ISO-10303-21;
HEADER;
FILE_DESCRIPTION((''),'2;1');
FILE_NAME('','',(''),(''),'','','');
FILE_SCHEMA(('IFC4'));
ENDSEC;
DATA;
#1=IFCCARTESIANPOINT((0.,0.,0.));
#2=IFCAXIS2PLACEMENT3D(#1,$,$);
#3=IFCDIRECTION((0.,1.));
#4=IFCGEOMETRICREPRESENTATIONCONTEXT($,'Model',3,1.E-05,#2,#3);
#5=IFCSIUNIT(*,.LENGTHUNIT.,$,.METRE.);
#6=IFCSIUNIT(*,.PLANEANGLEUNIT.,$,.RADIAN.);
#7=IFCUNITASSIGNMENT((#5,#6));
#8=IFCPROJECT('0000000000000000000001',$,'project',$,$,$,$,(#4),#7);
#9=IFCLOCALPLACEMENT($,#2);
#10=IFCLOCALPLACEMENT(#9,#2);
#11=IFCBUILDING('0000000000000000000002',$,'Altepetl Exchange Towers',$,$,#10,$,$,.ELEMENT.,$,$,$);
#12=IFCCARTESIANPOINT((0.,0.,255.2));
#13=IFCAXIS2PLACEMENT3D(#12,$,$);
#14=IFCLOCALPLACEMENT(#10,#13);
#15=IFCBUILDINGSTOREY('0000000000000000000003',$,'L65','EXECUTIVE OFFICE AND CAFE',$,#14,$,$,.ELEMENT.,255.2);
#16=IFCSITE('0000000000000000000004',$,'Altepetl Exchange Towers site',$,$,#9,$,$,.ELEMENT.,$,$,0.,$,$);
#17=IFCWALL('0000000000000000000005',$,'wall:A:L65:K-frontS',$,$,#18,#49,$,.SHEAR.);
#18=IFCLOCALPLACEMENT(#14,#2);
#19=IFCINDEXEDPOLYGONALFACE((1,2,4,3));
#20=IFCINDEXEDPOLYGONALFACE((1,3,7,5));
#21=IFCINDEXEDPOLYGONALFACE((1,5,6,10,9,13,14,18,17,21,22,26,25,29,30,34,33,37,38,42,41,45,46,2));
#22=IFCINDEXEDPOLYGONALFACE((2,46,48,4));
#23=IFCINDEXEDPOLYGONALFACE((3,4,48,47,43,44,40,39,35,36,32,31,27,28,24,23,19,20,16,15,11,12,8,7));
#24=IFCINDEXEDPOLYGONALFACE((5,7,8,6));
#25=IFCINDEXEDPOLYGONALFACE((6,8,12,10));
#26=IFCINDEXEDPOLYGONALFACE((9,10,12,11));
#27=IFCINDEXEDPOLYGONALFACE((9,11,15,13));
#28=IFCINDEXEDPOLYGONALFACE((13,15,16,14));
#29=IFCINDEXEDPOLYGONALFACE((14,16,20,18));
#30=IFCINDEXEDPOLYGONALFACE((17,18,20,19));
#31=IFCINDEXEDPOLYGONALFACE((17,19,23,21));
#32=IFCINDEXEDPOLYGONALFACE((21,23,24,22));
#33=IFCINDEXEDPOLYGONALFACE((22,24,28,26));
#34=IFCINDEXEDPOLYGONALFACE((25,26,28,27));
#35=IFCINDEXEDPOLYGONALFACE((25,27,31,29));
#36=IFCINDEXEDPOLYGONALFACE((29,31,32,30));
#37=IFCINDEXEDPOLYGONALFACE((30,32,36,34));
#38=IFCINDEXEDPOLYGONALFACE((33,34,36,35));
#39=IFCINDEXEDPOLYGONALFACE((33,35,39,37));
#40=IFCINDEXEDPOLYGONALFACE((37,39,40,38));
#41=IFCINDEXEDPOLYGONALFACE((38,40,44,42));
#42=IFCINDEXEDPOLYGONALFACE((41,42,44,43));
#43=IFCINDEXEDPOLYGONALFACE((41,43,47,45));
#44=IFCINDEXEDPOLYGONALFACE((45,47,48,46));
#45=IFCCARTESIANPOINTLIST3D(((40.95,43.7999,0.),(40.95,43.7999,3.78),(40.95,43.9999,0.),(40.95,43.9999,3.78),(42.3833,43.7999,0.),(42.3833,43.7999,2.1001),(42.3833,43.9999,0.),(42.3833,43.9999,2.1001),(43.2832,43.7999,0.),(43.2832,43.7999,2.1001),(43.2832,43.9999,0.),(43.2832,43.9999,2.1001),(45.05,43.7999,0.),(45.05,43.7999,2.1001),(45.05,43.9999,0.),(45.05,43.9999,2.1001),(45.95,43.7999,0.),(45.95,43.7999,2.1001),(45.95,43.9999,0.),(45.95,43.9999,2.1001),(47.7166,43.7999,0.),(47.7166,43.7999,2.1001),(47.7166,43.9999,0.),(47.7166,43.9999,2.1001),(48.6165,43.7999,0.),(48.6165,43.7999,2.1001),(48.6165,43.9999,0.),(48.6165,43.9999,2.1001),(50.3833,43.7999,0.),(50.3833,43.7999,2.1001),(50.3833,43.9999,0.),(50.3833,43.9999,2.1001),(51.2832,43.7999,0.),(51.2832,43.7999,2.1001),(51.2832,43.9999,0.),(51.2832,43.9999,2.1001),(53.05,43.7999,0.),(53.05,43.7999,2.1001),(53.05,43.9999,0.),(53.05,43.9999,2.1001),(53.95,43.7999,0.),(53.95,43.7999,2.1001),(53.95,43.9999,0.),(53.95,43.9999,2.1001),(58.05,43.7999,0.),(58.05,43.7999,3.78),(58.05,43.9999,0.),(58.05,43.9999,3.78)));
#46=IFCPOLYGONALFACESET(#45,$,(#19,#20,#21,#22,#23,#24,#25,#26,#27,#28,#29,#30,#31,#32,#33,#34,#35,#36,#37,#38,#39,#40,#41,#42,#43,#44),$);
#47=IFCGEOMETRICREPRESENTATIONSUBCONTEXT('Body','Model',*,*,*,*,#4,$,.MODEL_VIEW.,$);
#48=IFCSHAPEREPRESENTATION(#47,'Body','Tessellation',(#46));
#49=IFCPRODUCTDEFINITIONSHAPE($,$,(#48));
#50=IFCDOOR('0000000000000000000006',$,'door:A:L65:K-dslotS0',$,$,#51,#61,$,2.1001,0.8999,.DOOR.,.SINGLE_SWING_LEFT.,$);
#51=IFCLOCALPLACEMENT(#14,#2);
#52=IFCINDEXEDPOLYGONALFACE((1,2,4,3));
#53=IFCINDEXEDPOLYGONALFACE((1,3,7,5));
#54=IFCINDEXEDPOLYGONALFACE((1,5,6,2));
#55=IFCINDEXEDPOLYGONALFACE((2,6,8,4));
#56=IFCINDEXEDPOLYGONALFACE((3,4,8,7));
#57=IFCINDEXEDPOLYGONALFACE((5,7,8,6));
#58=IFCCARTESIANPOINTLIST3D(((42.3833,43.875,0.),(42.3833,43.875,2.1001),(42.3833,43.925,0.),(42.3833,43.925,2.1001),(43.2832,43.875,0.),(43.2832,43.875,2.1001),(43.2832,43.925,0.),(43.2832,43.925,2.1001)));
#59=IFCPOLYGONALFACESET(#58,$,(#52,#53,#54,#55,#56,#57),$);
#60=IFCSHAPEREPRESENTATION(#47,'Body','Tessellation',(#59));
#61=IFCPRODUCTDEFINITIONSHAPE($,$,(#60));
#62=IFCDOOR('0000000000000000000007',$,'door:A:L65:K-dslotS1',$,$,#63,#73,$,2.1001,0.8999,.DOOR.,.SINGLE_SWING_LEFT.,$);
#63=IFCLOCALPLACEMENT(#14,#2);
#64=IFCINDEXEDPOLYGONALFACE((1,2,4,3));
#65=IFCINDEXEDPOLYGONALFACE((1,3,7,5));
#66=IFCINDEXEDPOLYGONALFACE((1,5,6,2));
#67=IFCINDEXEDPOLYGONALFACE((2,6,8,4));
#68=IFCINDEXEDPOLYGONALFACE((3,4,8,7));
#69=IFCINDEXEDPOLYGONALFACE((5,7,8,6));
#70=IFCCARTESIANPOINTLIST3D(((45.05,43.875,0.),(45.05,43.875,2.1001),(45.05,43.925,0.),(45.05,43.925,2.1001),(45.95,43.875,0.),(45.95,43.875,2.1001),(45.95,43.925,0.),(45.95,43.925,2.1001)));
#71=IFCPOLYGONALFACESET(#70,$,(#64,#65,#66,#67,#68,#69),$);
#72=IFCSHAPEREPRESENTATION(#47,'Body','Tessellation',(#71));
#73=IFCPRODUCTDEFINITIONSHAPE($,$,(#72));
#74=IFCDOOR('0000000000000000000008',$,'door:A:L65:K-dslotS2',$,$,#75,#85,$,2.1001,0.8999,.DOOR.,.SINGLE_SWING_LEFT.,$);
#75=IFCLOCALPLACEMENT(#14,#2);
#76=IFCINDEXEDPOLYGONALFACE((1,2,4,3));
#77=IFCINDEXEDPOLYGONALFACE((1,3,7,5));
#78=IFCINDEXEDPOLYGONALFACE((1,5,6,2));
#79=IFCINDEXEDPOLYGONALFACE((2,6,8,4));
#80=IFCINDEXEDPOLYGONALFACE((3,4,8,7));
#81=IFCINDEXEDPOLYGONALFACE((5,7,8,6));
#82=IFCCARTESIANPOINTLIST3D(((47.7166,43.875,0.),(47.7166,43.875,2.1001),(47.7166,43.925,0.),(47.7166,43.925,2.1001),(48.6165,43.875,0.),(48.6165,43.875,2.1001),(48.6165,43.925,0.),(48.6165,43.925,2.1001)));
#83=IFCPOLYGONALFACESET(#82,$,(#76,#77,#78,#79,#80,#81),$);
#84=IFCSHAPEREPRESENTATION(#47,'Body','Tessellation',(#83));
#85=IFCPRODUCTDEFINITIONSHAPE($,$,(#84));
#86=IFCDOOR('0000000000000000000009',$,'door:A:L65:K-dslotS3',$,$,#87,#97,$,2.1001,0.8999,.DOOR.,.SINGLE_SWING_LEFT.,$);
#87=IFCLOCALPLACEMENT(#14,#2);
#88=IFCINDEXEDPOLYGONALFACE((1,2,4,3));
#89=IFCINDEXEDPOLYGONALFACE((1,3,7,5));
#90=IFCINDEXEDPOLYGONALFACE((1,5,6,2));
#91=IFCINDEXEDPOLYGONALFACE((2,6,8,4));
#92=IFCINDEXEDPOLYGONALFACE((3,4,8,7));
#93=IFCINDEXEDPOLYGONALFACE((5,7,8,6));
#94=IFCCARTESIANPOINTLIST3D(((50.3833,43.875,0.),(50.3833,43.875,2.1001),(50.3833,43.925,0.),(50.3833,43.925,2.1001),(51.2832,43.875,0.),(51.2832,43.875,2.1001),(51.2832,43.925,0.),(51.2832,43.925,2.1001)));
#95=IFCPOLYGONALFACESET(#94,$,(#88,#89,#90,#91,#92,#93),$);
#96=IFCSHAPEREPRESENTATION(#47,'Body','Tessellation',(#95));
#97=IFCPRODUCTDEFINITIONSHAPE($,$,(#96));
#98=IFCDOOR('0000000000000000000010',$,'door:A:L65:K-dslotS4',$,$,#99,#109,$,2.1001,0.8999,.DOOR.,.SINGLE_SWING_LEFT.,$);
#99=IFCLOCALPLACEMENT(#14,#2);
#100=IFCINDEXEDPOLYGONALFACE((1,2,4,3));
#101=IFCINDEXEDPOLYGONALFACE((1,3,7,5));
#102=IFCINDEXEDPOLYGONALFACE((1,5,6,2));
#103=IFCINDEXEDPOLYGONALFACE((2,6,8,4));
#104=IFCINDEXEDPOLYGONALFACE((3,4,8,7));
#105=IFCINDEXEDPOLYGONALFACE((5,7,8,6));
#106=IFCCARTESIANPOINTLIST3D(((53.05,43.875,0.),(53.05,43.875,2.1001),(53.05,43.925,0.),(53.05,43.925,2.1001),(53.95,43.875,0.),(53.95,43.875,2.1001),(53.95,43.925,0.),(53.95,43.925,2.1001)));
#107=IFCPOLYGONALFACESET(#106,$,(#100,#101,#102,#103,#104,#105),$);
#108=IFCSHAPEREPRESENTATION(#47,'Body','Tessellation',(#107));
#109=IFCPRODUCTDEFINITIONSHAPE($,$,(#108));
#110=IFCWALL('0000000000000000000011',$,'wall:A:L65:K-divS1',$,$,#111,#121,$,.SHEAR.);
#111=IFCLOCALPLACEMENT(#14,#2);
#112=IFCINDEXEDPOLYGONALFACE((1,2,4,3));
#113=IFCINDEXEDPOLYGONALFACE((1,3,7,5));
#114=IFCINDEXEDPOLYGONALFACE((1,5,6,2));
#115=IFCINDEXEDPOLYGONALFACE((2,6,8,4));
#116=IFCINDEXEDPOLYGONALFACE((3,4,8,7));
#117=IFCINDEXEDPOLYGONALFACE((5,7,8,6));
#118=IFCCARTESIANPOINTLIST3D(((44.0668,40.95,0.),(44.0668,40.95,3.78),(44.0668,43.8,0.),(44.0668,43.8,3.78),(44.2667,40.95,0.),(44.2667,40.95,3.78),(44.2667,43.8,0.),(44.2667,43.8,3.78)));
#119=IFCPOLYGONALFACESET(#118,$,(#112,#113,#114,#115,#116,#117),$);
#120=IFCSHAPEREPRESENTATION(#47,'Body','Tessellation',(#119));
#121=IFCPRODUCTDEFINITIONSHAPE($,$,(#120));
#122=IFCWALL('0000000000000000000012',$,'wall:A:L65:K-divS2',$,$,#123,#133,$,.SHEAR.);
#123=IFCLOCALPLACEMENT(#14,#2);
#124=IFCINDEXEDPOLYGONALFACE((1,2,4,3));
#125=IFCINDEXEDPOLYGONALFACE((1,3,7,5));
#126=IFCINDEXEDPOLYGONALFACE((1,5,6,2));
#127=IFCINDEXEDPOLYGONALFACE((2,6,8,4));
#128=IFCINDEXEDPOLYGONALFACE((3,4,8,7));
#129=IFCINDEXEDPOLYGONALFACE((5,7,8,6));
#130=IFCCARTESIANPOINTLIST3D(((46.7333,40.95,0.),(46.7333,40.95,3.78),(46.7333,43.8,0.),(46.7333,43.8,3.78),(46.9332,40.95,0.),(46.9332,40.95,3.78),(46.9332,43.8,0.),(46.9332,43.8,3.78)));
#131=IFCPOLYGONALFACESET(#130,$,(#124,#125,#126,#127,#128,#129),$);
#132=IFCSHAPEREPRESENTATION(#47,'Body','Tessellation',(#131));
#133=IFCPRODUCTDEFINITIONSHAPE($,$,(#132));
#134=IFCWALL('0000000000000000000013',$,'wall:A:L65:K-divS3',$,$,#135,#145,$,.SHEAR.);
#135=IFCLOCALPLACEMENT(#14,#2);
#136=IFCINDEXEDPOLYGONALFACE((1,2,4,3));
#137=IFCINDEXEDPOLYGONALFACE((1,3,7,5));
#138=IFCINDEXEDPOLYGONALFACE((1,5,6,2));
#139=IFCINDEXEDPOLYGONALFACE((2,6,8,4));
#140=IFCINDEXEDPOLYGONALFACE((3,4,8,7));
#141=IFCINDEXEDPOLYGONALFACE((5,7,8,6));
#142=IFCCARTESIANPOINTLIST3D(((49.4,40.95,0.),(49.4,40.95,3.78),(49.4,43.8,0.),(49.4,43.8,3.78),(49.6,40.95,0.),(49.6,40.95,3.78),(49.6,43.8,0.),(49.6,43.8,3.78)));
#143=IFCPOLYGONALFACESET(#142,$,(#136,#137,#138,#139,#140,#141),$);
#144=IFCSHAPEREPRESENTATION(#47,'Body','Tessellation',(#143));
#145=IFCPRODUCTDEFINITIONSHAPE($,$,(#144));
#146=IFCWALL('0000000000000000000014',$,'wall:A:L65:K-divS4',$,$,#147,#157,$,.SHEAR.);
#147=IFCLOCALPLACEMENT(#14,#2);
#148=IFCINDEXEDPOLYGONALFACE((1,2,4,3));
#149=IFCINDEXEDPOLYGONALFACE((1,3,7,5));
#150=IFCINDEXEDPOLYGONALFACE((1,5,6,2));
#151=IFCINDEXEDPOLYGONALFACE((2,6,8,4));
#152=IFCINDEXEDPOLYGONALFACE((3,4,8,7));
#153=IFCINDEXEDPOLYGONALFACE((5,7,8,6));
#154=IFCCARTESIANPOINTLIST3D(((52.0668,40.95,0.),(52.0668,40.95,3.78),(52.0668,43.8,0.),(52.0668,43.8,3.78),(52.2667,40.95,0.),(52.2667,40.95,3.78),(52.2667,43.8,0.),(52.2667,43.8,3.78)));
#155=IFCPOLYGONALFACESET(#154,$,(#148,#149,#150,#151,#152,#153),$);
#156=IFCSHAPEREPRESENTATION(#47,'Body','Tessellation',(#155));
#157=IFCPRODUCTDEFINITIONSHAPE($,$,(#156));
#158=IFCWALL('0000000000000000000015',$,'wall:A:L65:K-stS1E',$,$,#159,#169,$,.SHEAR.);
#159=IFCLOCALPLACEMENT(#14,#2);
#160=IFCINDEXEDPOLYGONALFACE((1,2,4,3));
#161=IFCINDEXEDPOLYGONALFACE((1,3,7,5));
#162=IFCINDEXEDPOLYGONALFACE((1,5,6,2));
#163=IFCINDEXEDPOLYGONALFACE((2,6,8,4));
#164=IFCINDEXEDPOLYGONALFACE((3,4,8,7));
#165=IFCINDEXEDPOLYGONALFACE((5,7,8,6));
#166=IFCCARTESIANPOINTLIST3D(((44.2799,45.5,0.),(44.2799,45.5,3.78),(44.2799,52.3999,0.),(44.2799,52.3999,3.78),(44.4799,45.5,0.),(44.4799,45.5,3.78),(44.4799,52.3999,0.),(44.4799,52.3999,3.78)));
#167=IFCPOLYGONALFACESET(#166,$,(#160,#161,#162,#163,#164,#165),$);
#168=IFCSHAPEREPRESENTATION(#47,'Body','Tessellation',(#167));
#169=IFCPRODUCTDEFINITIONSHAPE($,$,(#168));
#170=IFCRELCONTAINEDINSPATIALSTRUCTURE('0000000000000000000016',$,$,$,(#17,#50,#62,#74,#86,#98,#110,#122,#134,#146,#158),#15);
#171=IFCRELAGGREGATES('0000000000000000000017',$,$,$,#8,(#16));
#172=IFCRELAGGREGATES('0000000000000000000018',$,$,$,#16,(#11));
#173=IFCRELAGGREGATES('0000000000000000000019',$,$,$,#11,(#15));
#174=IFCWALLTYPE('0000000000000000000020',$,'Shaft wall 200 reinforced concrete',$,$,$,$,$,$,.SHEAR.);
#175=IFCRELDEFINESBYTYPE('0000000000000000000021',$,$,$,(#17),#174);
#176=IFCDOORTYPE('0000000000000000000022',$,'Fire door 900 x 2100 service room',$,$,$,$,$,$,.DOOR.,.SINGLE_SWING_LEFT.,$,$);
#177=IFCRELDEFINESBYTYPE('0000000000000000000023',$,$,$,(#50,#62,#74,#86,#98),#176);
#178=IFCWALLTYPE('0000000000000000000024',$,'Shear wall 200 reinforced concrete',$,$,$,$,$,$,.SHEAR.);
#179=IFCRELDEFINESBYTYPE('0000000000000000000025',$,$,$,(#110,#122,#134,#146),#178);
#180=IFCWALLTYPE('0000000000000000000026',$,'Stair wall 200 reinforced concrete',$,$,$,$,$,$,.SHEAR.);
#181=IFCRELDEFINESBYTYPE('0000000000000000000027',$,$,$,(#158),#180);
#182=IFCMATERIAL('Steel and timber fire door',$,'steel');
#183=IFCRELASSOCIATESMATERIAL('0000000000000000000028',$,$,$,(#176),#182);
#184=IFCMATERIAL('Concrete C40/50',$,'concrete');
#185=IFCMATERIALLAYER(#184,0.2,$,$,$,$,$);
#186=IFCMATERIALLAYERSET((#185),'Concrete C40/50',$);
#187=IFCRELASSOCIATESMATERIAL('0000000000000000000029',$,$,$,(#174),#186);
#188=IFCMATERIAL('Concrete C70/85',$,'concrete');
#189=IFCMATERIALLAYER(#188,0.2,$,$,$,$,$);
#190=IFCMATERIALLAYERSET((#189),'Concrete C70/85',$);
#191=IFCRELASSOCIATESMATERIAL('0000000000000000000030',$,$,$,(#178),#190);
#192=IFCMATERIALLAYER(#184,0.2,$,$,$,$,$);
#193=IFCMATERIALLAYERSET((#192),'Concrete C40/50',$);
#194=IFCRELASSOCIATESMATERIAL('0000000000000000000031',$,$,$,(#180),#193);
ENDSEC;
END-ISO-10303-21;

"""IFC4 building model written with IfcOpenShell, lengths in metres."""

from ifc_helpers import new_model, si_unit, direction, frame, frame_2d, origin, place, context, subcontext, project, spatial, rectangle, extrude, material, layer, layer_set, type_object, element, fill, save


model = new_model("IFC4")

# Units and contexts
model_context = context("Model", 3, precision=1e-05, world=origin(), true_north=direction((0.0, 1.0)))
body_context = subcontext(model_context, "Body", "Model", "MODEL_VIEW")
ifc_project = project(units=[si_unit("LENGTHUNIT", "METRE"), si_unit("PLANEANGLEUNIT", "RADIAN")], contexts=[model_context])

# Site, building, storey
site_placement = place(None, origin())
site = spatial("IfcSite", under=ifc_project, at=site_placement, Name="Altepetl Exchange Towers site", CompositionType="ELEMENT", RefElevation=0.0)
building_placement = place(site_placement, origin())
building = spatial("IfcBuilding", under=site, at=building_placement, Name="Altepetl Exchange Towers", CompositionType="ELEMENT")
storey_placement = place(building_placement, frame((0.0, 0.0, 255.2)))
storey = spatial("IfcBuildingStorey", under=building, at=storey_placement, Name="L65", Description="EXECUTIVE OFFICE AND CAFE", CompositionType="ELEMENT", Elevation=255.2)

# Shared definitions
ifc_material_1 = material(Name="Steel and timber fire door", Category="steel")
door_type_1 = type_object("IfcDoorType", Name="Fire door 900 x 2100 service room", OperationType="SINGLE_SWING_LEFT", PredefinedType="DOOR", material=ifc_material_1)

# Wall, openings, doors
ifc_material_2 = material(Name="Concrete C40/50", Category="concrete")
ifc_layer_1 = layer(ifc_material_2, 0.2)
ifc_layer_set_1 = layer_set([ifc_layer_1], Name="Concrete C40/50")
wall_type_1 = type_object("IfcWallType", Name="Shaft wall 200 reinforced concrete", PredefinedType="SHEAR", material=ifc_layer_set_1)
wall_1_placement = place(storey_placement, frame((40.95, 43.8999, 0.0)))
wall_1 = element("IfcWall", 1, at=wall_1_placement, inside=storey, type_object=wall_type_1, Name="wall:A:L65:K-frontS", PredefinedType="SHEAR", context=body_context, shape_type="SweptSolid", body=[
    extrude(rectangle(XDim=17.1001, YDim=0.2, at=frame_2d((8.55, 0.0))), origin(), (0.0, 0.0, 1.0), 3.78),
])
opening_1_placement = place(wall_1_placement, frame((1.4333, 0.0, 0.0)))
opening_1 = element("IfcOpeningElement", 2, at=opening_1_placement, cuts=wall_1, PredefinedType="OPENING", context=body_context, shape_type="SweptSolid", body=[
    extrude(rectangle(XDim=0.8999, YDim=2.1001, at=frame_2d((0.45, 1.05))), frame((0.0, 0.1099, 0.0), z_axis=(0.0, -1.0, 0.0), x_axis=(1.0, 0.0, 0.0)), (0.0, 0.0, 1.0), 0.22),
])
opening_2_placement = place(wall_1_placement, frame((4.1001, 0.0, 0.0)))
opening_2 = element("IfcOpeningElement", 3, at=opening_2_placement, cuts=wall_1, PredefinedType="OPENING", context=body_context, shape_type="SweptSolid", body=[
    extrude(rectangle(XDim=0.8999, YDim=2.1001, at=frame_2d((0.45, 1.05))), frame((0.0, 0.1099, 0.0), z_axis=(0.0, -1.0, 0.0), x_axis=(1.0, 0.0, 0.0)), (0.0, 0.0, 1.0), 0.22),
])
opening_3_placement = place(wall_1_placement, frame((6.7666, 0.0, 0.0)))
opening_3 = element("IfcOpeningElement", 4, at=opening_3_placement, cuts=wall_1, PredefinedType="OPENING", context=body_context, shape_type="SweptSolid", body=[
    extrude(rectangle(XDim=0.8999, YDim=2.1001, at=frame_2d((0.45, 1.05))), frame((0.0, 0.1099, 0.0), z_axis=(0.0, -1.0, 0.0), x_axis=(1.0, 0.0, 0.0)), (0.0, 0.0, 1.0), 0.22),
])
opening_4_placement = place(wall_1_placement, frame((9.4333, 0.0, 0.0)))
opening_4 = element("IfcOpeningElement", 5, at=opening_4_placement, cuts=wall_1, PredefinedType="OPENING", context=body_context, shape_type="SweptSolid", body=[
    extrude(rectangle(XDim=0.8999, YDim=2.1001, at=frame_2d((0.45, 1.05))), frame((0.0, 0.1099, 0.0), z_axis=(0.0, -1.0, 0.0), x_axis=(1.0, 0.0, 0.0)), (0.0, 0.0, 1.0), 0.22),
])
opening_5_placement = place(wall_1_placement, frame((12.1001, 0.0, 0.0)))
opening_5 = element("IfcOpeningElement", 6, at=opening_5_placement, cuts=wall_1, PredefinedType="OPENING", context=body_context, shape_type="SweptSolid", body=[
    extrude(rectangle(XDim=0.8999, YDim=2.1001, at=frame_2d((0.45, 1.05))), frame((0.0, 0.1099, 0.0), z_axis=(0.0, -1.0, 0.0), x_axis=(1.0, 0.0, 0.0)), (0.0, 0.0, 1.0), 0.22),
])
door_1_placement = place(opening_1_placement, frame((0.8999, 0.0, 0.0), x_axis=(-1.0, 0.0, 0.0)))
door_1 = element("IfcDoor", 7, at=door_1_placement, inside=storey, type_object=door_type_1, Name="door:A:L65:K-dslotS0", OperationType="SINGLE_SWING_LEFT", OverallHeight=2.1001, OverallWidth=0.8999, PredefinedType="DOOR", context=body_context, shape_type="SweptSolid", body=[
    extrude(rectangle(XDim=0.8999, YDim=2.1001, at=frame_2d((0.45, 1.05))), frame((0.0, 0.0249, 0.0), z_axis=(0.0, -1.0, 0.0), x_axis=(1.0, 0.0, 0.0)), (0.0, 0.0, 1.0), 0.05),
])
fill(opening_1, door_1)
door_2_placement = place(opening_2_placement, frame((0.8999, 0.0, 0.0), x_axis=(-1.0, 0.0, 0.0)))
door_2 = element("IfcDoor", 8, at=door_2_placement, inside=storey, type_object=door_type_1, Name="door:A:L65:K-dslotS1", OperationType="SINGLE_SWING_LEFT", OverallHeight=2.1001, OverallWidth=0.8999, PredefinedType="DOOR", context=body_context, shape_type="SweptSolid", body=[
    extrude(rectangle(XDim=0.8999, YDim=2.1001, at=frame_2d((0.45, 1.05))), frame((0.0, 0.0249, 0.0), z_axis=(0.0, -1.0, 0.0), x_axis=(1.0, 0.0, 0.0)), (0.0, 0.0, 1.0), 0.05),
])
fill(opening_2, door_2)
door_3_placement = place(opening_3_placement, frame((0.8999, 0.0, 0.0), x_axis=(-1.0, 0.0, 0.0)))
door_3 = element("IfcDoor", 9, at=door_3_placement, inside=storey, type_object=door_type_1, Name="door:A:L65:K-dslotS2", OperationType="SINGLE_SWING_LEFT", OverallHeight=2.1001, OverallWidth=0.8999, PredefinedType="DOOR", context=body_context, shape_type="SweptSolid", body=[
    extrude(rectangle(XDim=0.8999, YDim=2.1001, at=frame_2d((0.45, 1.05))), frame((0.0, 0.0249, 0.0), z_axis=(0.0, -1.0, 0.0), x_axis=(1.0, 0.0, 0.0)), (0.0, 0.0, 1.0), 0.05),
])
fill(opening_3, door_3)
door_4_placement = place(opening_4_placement, frame((0.8999, 0.0, 0.0), x_axis=(-1.0, 0.0, 0.0)))
door_4 = element("IfcDoor", 10, at=door_4_placement, inside=storey, type_object=door_type_1, Name="door:A:L65:K-dslotS3", OperationType="SINGLE_SWING_LEFT", OverallHeight=2.1001, OverallWidth=0.8999, PredefinedType="DOOR", context=body_context, shape_type="SweptSolid", body=[
    extrude(rectangle(XDim=0.8999, YDim=2.1001, at=frame_2d((0.45, 1.05))), frame((0.0, 0.0249, 0.0), z_axis=(0.0, -1.0, 0.0), x_axis=(1.0, 0.0, 0.0)), (0.0, 0.0, 1.0), 0.05),
])
fill(opening_4, door_4)
door_5_placement = place(opening_5_placement, frame((0.8999, 0.0, 0.0), x_axis=(-1.0, 0.0, 0.0)))
door_5 = element("IfcDoor", 11, at=door_5_placement, inside=storey, type_object=door_type_1, Name="door:A:L65:K-dslotS4", OperationType="SINGLE_SWING_LEFT", OverallHeight=2.1001, OverallWidth=0.8999, PredefinedType="DOOR", context=body_context, shape_type="SweptSolid", body=[
    extrude(rectangle(XDim=0.8999, YDim=2.1001, at=frame_2d((0.45, 1.05))), frame((0.0, 0.0249, 0.0), z_axis=(0.0, -1.0, 0.0), x_axis=(1.0, 0.0, 0.0)), (0.0, 0.0, 1.0), 0.05),
])
fill(opening_5, door_5)

# Walls
ifc_material_3 = material(Name="Concrete C70/85", Category="concrete")
ifc_layer_2 = layer(ifc_material_3, 0.2)
ifc_layer_set_2 = layer_set([ifc_layer_2], Name="Concrete C70/85")
wall_type_2 = type_object("IfcWallType", Name="Shear wall 200 reinforced concrete", PredefinedType="SHEAR", material=ifc_layer_set_2)
for number, where, z_axis, x_axis, name in (
    (12, (44.1667, 40.95, 0.0), (0.0, 0.0, 1.0), (0.0, 1.0, 0.0), "wall:A:L65:K-divS1"),
    (13, (46.8333, 40.95, 0.0), (0.0, 0.0, 1.0), (0.0, 1.0, 0.0), "wall:A:L65:K-divS2"),
    (14, (49.5, 40.95, 0.0), (0.0, 0.0, 1.0), (0.0, 1.0, 0.0), "wall:A:L65:K-divS3"),
    (15, (52.1667, 40.95, 0.0), (0.0, 0.0, 1.0), (0.0, 1.0, 0.0), "wall:A:L65:K-divS4"),
):
    element("IfcWall", number, at=place(storey_placement, frame(where, z_axis=z_axis, x_axis=x_axis)), inside=storey, type_object=wall_type_2, Name=name, PredefinedType="SHEAR", context=body_context, shape_type="SweptSolid", body=[
        extrude(rectangle(XDim=2.8501, YDim=0.2, at=frame_2d((1.425, 0.0))), origin(), (0.0, 0.0, 1.0), 3.78),
    ])
ifc_layer_3 = layer(ifc_material_2, 0.2)
ifc_layer_set_3 = layer_set([ifc_layer_3], Name="Concrete C40/50")
wall_type_3 = type_object("IfcWallType", Name="Stair wall 200 reinforced concrete", PredefinedType="SHEAR", material=ifc_layer_set_3)
wall_2_placement = place(storey_placement, frame((44.3799, 45.5, 0.0), z_axis=(0.0, 0.0, 1.0), x_axis=(0.0, 1.0, 0.0)))
element("IfcWall", 16, at=wall_2_placement, inside=storey, type_object=wall_type_3, Name="wall:A:L65:K-stS1E", PredefinedType="SHEAR", context=body_context, shape_type="SweptSolid", body=[
    extrude(rectangle(XDim=6.8999, YDim=0.2, at=frame_2d((3.45, 0.0))), origin(), (0.0, 0.0, 1.0), 3.78),
])

save(model, "model.ifc")
